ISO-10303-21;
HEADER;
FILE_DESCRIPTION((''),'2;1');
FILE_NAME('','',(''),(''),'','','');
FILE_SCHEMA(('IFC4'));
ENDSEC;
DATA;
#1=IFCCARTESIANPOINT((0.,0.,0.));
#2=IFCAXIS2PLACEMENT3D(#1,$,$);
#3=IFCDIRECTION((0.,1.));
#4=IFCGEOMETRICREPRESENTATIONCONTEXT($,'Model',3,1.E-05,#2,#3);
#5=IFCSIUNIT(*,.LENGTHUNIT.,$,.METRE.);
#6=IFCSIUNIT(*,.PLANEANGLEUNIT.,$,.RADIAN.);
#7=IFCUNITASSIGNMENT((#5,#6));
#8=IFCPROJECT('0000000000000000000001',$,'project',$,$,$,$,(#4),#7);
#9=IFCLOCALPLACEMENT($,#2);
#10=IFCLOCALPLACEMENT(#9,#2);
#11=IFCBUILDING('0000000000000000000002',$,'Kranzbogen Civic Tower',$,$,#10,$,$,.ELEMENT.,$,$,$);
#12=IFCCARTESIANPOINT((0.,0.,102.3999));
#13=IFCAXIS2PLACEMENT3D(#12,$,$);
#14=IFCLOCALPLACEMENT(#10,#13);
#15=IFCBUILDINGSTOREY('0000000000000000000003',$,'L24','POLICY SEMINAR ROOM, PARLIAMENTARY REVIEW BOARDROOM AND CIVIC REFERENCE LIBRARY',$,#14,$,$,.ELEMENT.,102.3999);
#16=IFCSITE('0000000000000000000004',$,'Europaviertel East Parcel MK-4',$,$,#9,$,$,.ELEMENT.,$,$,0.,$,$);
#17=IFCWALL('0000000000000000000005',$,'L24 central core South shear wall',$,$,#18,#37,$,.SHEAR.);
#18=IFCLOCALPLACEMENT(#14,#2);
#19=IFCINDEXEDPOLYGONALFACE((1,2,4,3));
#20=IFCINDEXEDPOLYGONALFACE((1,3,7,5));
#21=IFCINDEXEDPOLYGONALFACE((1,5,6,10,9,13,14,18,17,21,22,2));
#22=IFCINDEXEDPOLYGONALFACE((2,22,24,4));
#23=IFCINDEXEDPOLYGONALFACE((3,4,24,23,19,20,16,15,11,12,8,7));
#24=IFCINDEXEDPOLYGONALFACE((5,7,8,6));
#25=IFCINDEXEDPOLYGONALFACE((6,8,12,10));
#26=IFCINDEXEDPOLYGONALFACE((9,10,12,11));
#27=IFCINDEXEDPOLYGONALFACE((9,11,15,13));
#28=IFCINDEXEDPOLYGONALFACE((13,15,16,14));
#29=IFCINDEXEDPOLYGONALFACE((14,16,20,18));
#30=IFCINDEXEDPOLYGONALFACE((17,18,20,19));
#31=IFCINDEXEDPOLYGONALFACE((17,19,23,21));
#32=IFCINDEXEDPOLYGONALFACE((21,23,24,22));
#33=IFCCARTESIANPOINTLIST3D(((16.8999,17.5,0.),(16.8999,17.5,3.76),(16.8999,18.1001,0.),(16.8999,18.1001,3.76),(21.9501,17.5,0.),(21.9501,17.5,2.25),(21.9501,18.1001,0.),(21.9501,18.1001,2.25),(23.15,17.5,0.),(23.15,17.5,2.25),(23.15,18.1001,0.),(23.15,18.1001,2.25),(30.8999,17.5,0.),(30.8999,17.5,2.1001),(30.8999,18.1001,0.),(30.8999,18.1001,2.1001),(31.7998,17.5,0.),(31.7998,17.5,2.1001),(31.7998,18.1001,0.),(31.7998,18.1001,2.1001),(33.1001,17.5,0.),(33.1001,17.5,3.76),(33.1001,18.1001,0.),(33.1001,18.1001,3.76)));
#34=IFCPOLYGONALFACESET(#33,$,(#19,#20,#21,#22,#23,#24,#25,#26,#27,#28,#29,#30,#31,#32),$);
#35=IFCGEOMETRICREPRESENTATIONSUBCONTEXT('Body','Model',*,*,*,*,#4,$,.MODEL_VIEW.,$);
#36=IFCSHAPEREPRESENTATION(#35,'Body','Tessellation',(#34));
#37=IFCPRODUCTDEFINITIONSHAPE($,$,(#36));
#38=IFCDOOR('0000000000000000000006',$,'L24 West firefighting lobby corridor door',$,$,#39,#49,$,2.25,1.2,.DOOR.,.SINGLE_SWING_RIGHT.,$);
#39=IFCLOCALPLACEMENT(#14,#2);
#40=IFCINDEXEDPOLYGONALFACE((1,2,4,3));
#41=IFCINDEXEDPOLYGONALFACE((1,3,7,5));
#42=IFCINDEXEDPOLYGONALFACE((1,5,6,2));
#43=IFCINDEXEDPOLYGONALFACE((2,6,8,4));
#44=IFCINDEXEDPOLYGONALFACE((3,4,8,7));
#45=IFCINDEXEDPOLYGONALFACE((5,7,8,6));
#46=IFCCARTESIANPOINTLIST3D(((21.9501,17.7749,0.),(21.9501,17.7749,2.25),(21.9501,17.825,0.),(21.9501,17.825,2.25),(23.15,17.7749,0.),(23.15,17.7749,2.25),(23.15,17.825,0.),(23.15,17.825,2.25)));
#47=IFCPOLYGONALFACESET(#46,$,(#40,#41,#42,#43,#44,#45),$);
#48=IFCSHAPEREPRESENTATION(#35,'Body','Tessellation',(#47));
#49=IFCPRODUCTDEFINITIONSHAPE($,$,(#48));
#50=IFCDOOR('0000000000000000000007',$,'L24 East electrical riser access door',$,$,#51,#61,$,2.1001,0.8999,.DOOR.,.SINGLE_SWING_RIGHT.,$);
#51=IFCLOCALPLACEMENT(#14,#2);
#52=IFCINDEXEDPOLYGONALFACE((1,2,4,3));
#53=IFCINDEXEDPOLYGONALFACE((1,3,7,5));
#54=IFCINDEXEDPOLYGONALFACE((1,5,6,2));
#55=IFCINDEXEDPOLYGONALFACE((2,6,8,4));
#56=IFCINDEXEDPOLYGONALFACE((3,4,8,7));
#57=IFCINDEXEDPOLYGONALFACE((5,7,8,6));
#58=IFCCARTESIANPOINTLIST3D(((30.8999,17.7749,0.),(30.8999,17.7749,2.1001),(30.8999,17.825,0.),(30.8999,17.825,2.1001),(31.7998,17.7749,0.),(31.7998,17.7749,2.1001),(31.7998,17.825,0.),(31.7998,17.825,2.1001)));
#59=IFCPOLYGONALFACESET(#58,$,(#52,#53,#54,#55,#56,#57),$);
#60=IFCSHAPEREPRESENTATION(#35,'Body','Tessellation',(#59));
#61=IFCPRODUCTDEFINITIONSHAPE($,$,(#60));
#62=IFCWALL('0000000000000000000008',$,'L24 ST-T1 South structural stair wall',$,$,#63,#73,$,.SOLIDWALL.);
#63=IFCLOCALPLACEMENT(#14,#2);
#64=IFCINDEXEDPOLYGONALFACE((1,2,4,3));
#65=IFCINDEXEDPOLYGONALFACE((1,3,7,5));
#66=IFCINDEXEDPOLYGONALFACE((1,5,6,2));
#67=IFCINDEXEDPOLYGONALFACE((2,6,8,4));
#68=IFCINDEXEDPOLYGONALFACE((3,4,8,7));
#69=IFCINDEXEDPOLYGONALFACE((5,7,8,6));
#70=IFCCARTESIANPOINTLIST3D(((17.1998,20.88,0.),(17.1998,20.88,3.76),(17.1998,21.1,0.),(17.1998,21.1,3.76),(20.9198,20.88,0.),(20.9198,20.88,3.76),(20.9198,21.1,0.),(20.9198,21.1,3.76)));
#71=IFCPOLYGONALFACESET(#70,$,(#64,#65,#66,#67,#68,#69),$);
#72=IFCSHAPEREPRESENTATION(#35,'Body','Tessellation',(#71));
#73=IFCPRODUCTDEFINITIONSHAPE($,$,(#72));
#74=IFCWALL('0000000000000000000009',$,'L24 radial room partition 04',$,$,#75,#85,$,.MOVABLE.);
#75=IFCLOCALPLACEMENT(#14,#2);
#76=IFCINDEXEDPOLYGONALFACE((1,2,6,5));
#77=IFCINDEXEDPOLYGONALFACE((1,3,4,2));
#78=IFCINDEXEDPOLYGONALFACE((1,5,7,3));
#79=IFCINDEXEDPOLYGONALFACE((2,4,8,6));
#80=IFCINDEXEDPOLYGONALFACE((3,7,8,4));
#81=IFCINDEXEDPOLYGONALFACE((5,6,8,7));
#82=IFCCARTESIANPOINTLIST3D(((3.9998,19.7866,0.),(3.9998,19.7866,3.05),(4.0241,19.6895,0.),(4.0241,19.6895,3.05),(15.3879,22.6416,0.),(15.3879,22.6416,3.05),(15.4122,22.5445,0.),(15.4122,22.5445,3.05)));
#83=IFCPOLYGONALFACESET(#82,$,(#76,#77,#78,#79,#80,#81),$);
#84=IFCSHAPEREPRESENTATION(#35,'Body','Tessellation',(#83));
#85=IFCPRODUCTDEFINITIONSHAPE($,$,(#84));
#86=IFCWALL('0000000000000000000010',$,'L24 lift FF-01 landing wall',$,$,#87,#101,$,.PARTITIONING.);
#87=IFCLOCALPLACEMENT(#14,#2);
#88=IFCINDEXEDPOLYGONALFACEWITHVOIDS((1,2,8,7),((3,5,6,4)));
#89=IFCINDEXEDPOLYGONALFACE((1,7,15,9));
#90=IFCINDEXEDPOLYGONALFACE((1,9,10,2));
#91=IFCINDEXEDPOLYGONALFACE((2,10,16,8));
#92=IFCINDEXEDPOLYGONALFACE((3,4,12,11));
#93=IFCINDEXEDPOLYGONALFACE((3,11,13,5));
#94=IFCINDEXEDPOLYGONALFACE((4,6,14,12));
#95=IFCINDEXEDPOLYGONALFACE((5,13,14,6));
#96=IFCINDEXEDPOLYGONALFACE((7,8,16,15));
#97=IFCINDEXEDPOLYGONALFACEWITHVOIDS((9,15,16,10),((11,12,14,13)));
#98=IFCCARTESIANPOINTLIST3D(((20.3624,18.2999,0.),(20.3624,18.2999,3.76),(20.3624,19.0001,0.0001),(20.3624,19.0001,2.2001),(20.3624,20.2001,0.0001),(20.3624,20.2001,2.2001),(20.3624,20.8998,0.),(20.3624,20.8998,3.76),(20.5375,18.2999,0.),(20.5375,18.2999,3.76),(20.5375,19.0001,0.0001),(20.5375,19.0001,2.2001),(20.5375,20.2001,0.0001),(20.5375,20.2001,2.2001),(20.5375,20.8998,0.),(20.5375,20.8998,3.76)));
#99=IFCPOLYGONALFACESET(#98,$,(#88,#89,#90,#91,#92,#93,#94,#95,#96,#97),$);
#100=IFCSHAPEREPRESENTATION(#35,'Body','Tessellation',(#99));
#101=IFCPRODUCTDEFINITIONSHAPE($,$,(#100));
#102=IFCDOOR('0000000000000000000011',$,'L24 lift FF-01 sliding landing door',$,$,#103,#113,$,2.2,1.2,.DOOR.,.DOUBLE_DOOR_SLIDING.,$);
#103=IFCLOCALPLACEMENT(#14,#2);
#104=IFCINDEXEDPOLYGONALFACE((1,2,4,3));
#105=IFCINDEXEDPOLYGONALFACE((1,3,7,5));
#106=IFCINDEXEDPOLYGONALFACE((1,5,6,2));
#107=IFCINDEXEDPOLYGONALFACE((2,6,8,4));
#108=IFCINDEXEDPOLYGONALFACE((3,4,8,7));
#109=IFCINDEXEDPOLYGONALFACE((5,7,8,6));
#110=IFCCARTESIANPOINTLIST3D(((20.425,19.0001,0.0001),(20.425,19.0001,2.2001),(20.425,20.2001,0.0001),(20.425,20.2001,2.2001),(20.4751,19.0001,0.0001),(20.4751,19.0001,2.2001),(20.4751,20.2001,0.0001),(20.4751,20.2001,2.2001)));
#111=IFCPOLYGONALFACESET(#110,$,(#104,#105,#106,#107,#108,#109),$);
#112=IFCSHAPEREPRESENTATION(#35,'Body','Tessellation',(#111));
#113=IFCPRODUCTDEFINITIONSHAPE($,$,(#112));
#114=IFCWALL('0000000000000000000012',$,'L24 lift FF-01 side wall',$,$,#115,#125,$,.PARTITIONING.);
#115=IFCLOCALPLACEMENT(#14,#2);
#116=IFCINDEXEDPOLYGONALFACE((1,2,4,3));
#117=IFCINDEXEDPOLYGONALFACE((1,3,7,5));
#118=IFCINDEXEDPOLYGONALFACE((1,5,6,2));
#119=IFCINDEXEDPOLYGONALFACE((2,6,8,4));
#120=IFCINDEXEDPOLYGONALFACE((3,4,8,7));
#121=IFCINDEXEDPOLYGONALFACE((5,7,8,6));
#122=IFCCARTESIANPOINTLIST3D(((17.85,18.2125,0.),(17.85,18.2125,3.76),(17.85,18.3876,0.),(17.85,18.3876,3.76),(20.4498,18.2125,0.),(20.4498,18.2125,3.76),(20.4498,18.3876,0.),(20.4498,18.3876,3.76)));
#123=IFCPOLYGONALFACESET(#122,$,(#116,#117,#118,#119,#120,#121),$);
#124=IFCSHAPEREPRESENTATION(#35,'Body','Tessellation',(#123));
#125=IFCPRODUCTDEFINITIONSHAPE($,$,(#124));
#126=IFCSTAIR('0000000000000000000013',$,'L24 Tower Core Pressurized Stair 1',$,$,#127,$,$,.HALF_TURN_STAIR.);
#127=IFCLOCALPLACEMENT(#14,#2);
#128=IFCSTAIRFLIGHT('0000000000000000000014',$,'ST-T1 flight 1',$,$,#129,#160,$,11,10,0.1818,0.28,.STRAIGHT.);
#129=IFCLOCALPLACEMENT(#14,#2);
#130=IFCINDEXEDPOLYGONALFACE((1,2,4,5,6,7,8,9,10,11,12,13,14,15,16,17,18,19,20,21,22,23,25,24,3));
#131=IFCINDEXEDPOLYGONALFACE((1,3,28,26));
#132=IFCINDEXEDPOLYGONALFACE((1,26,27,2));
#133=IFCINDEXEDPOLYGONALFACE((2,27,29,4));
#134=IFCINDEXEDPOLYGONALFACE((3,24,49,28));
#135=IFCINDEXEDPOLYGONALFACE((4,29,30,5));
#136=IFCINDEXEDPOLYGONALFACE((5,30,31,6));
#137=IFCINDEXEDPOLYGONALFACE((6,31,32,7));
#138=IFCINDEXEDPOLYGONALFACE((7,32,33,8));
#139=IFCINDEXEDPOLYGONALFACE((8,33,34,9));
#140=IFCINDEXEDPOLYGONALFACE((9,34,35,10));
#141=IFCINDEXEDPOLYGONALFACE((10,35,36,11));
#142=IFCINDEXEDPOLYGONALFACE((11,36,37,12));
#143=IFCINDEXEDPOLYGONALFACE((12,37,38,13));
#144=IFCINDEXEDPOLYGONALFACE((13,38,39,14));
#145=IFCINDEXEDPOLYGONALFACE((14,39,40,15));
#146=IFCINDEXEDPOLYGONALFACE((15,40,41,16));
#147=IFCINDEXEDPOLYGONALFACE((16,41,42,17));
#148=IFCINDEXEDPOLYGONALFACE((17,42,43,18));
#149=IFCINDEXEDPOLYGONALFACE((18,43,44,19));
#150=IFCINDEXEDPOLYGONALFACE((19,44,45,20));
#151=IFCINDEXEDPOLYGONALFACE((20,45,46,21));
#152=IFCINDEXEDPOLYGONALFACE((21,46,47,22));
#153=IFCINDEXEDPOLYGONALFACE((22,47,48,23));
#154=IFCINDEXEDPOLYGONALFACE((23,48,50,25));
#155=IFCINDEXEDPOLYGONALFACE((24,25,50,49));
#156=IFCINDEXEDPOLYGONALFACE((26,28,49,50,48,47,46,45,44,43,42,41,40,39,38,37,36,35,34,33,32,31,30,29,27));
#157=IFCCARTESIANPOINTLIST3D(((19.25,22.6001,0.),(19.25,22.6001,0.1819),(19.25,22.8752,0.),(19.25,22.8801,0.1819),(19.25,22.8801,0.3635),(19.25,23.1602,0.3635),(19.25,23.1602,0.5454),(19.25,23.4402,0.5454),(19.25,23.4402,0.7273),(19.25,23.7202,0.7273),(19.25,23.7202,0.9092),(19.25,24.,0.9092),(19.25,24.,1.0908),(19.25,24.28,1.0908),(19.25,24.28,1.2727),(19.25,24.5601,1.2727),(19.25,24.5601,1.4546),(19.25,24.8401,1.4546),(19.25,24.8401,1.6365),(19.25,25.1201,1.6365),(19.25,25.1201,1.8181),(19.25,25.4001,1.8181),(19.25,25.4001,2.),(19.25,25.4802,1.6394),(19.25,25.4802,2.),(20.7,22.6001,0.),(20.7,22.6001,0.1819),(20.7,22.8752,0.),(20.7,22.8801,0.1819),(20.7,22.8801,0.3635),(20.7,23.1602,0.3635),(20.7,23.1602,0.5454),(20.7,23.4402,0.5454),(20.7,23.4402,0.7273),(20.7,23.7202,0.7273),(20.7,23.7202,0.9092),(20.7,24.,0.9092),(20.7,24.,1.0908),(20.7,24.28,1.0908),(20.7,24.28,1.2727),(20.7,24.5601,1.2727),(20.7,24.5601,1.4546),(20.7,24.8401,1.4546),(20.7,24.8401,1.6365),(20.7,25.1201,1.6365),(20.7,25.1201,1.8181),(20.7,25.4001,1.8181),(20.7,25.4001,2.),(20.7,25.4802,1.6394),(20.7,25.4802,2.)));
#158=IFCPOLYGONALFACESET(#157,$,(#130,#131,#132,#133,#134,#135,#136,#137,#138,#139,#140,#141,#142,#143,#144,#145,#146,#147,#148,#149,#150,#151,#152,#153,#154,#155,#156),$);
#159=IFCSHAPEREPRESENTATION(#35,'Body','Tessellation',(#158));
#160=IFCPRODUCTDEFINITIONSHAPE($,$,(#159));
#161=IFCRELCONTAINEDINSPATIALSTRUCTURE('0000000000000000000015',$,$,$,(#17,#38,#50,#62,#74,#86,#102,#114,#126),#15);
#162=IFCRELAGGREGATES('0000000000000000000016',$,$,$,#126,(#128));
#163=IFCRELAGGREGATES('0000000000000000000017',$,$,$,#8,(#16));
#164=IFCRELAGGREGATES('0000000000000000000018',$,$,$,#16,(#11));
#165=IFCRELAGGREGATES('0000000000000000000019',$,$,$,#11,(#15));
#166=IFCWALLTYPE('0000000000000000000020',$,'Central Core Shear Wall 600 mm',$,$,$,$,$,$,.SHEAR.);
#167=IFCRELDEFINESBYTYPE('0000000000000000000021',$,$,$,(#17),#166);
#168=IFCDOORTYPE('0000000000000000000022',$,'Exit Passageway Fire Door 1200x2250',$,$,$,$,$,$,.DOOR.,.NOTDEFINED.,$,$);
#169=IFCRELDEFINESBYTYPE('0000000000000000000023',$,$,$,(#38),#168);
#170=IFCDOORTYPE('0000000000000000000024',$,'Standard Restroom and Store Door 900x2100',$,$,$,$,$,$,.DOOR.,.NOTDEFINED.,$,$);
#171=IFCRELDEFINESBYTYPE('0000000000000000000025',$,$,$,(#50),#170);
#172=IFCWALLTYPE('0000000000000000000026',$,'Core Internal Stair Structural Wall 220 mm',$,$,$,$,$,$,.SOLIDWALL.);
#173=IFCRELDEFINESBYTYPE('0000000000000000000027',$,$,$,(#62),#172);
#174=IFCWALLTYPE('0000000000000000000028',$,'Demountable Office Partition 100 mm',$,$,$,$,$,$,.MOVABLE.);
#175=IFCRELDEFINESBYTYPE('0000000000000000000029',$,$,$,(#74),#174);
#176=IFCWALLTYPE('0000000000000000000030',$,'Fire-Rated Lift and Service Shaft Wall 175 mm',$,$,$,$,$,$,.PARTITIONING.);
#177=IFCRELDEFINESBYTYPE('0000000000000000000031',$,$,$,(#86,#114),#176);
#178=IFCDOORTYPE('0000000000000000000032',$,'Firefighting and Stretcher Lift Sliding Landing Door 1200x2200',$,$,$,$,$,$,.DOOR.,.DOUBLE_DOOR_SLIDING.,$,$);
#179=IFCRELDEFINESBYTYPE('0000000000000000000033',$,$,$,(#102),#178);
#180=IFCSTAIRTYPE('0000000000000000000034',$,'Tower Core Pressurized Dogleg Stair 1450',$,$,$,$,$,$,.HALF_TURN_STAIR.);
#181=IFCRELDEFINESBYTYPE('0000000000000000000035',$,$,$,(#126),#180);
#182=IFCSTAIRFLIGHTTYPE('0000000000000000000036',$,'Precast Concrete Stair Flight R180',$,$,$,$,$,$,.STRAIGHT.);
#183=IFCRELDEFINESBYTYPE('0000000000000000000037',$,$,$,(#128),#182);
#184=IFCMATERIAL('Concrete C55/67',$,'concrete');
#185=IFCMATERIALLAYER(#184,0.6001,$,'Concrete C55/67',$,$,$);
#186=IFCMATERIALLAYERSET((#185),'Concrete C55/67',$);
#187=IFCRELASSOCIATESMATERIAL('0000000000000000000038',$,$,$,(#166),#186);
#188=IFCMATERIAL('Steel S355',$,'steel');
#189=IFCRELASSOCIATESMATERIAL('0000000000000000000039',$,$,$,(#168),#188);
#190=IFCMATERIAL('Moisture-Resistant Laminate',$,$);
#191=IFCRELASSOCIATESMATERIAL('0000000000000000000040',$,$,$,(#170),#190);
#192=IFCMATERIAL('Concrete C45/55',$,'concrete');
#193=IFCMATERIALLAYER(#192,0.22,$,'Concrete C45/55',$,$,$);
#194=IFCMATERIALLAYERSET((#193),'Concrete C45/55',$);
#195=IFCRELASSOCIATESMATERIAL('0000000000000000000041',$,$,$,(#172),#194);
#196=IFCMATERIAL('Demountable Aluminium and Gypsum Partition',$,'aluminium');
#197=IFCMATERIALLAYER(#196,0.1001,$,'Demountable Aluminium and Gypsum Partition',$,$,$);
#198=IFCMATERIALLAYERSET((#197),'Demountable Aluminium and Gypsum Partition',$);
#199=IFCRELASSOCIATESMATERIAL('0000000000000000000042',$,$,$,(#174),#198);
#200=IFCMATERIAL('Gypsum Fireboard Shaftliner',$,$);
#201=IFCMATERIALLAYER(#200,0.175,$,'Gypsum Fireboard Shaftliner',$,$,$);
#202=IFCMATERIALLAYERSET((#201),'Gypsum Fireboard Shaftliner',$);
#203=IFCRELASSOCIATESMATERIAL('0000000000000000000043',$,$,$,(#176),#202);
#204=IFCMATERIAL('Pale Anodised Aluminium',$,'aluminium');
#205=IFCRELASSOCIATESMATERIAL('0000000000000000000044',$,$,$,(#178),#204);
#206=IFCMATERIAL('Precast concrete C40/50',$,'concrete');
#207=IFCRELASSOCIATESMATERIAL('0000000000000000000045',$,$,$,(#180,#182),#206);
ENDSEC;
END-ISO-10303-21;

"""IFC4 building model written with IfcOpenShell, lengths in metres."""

from ifc_helpers import new_model, si_unit, direction, frame, frame_2d, origin, place, context, subcontext, project, spatial, polyline, rectangle, outline, extrude, material, layer, layer_set, type_object, element, fill, aggregate, save


model = new_model("IFC4")

# Units and contexts
model_context = context("Model", 3, precision=1e-05, world=origin(), true_north=direction((0.0, 1.0)))
body_context = subcontext(model_context, "Body", "Model", "MODEL_VIEW")
ifc_project = project(units=[si_unit("LENGTHUNIT", "METRE"), si_unit("PLANEANGLEUNIT", "RADIAN")], contexts=[model_context])

# Site, building, storey
site_placement = place(None, origin())
site = spatial("IfcSite", under=ifc_project, at=site_placement, Name="Europaviertel East Parcel MK-4", CompositionType="ELEMENT", RefElevation=0.0)
building_placement = place(site_placement, origin())
building = spatial("IfcBuilding", under=site, at=building_placement, Name="Kranzbogen Civic Tower", CompositionType="ELEMENT")
storey_placement = place(building_placement, frame((0.0, 0.0, 102.3999)))
storey = spatial("IfcBuildingStorey", under=building, at=storey_placement, Name="L24", Description="POLICY SEMINAR ROOM, PARLIAMENTARY REVIEW BOARDROOM AND CIVIC REFERENCE LIBRARY", CompositionType="ELEMENT", Elevation=102.3999)

# Shared definitions
ifc_material_1 = material(Name="Steel S355", Category="steel")

# Wall, openings, doors
ifc_material_2 = material(Name="Concrete C55/67", Category="concrete")
ifc_layer_1 = layer(ifc_material_2, 0.6001, Name="Concrete C55/67")
ifc_layer_set_1 = layer_set([ifc_layer_1], Name="Concrete C55/67")
wall_type_1 = type_object("IfcWallType", Name="Central Core Shear Wall 600 mm", PredefinedType="SHEAR", material=ifc_layer_set_1)
wall_1_placement = place(storey_placement, frame((16.8999, 17.8, 0.0), z_axis=(0.0, 0.0, 1.0), x_axis=(1.0, 0.0, 0.0)))
wall_1 = element("IfcWall", 1, at=wall_1_placement, inside=storey, type_object=wall_type_1, Name="L24 central core South shear wall", PredefinedType="SHEAR", context=body_context, shape_type="SweptSolid", body=[
    extrude(rectangle(XDim=16.2002, YDim=0.6001, at=frame_2d((8.1001, 0.0))), origin(), (0.0, 0.0, 1.0), 3.76),
])
opening_1_placement = place(wall_1_placement, frame((5.05, 0.0, 0.0)))
opening_1 = element("IfcOpeningElement", 2, at=opening_1_placement, cuts=wall_1, PredefinedType="OPENING", context=body_context, shape_type="SweptSolid", body=[
    extrude(rectangle(XDim=1.2, YDim=2.25, at=frame_2d((0.6001, 1.125))), frame((0.0, 0.3101, 0.0), z_axis=(0.0, -1.0, 0.0), x_axis=(1.0, 0.0, 0.0)), (0.0, 0.0, 1.0), 0.6201),
])
opening_2_placement = place(wall_1_placement, frame((14.0, 0.0, 0.0)))
opening_2 = element("IfcOpeningElement", 3, at=opening_2_placement, cuts=wall_1, PredefinedType="OPENING", context=body_context, shape_type="SweptSolid", body=[
    extrude(rectangle(XDim=0.8999, YDim=2.1001, at=frame_2d((0.45, 1.05))), frame((0.0, 0.3101, 0.0), z_axis=(0.0, -1.0, 0.0), x_axis=(1.0, 0.0, 0.0)), (0.0, 0.0, 1.0), 0.6201),
])
door_type_1 = type_object("IfcDoorType", Name="Exit Passageway Fire Door 1200x2250", OperationType="NOTDEFINED", PredefinedType="DOOR", material=ifc_material_1)
door_1_placement = place(opening_1_placement, origin())
door_1 = element("IfcDoor", 4, at=door_1_placement, inside=storey, type_object=door_type_1, Name="L24 West firefighting lobby corridor door", OperationType="SINGLE_SWING_RIGHT", OverallHeight=2.25, OverallWidth=1.2, PredefinedType="DOOR", context=body_context, shape_type="SweptSolid", body=[
    extrude(rectangle(XDim=1.2, YDim=2.25, at=frame_2d((0.6001, 1.125))), frame((0.0, 0.0249, 0.0), z_axis=(0.0, -1.0, 0.0), x_axis=(1.0, 0.0, 0.0)), (0.0, 0.0, 1.0), 0.05),
])
fill(opening_1, door_1)
ifc_material_3 = material(Name="Moisture-Resistant Laminate")
door_type_2 = type_object("IfcDoorType", Name="Standard Restroom and Store Door 900x2100", OperationType="NOTDEFINED", PredefinedType="DOOR", material=ifc_material_3)
door_2_placement = place(opening_2_placement, origin())
door_2 = element("IfcDoor", 5, at=door_2_placement, inside=storey, type_object=door_type_2, Name="L24 East electrical riser access door", OperationType="SINGLE_SWING_RIGHT", OverallHeight=2.1001, OverallWidth=0.8999, PredefinedType="DOOR", context=body_context, shape_type="SweptSolid", body=[
    extrude(rectangle(XDim=0.8999, YDim=2.1001, at=frame_2d((0.45, 1.05))), frame((0.0, 0.0249, 0.0), z_axis=(0.0, -1.0, 0.0), x_axis=(1.0, 0.0, 0.0)), (0.0, 0.0, 1.0), 0.05),
])
fill(opening_2, door_2)

# Walls
ifc_material_4 = material(Name="Concrete C45/55", Category="concrete")
ifc_layer_2 = layer(ifc_material_4, 0.22, Name="Concrete C45/55")
ifc_layer_set_2 = layer_set([ifc_layer_2], Name="Concrete C45/55")
wall_type_2 = type_object("IfcWallType", Name="Core Internal Stair Structural Wall 220 mm", PredefinedType="SOLIDWALL", material=ifc_layer_set_2)
wall_2_placement = place(storey_placement, frame((17.2, 20.99, 0.0), z_axis=(0.0, 0.0, 1.0), x_axis=(1.0, 0.0, 0.0)))
element("IfcWall", 6, at=wall_2_placement, inside=storey, type_object=wall_type_2, Name="L24 ST-T1 South structural stair wall", PredefinedType="SOLIDWALL", context=body_context, shape_type="SweptSolid", body=[
    extrude(rectangle(XDim=3.72, YDim=0.22, at=frame_2d((1.8599, 0.0))), origin(), (0.0, 0.0, 1.0), 3.76),
])
ifc_material_5 = material(Name="Demountable Aluminium and Gypsum Partition", Category="aluminium")
ifc_layer_3 = layer(ifc_material_5, 0.1001, Name="Demountable Aluminium and Gypsum Partition")
ifc_layer_set_3 = layer_set([ifc_layer_3], Name="Demountable Aluminium and Gypsum Partition")
wall_type_3 = type_object("IfcWallType", Name="Demountable Office Partition 100 mm", PredefinedType="MOVABLE", material=ifc_layer_set_3)
wall_3_placement = place(storey_placement, frame((15.3999, 22.593, 0.0), z_axis=(0.0, 0.0, 1.0), x_axis=(-0.969982, -0.243177, 0.0)))
element("IfcWall", 7, at=wall_3_placement, inside=storey, type_object=wall_type_3, Name="L24 radial room partition 04", PredefinedType="MOVABLE", context=body_context, shape_type="SweptSolid", body=[
    extrude(rectangle(XDim=11.7405, YDim=0.1001, at=frame_2d((5.8701, 0.0))), origin(), (0.0, 0.0, 1.0), 3.05),
])

# Wall, opening, door
ifc_material_6 = material(Name="Gypsum Fireboard Shaftliner")
ifc_layer_4 = layer(ifc_material_6, 0.175, Name="Gypsum Fireboard Shaftliner")
ifc_layer_set_4 = layer_set([ifc_layer_4], Name="Gypsum Fireboard Shaftliner")
wall_type_4 = type_object("IfcWallType", Name="Fire-Rated Lift and Service Shaft Wall 175 mm", PredefinedType="PARTITIONING", material=ifc_layer_set_4)
wall_4_placement = place(storey_placement, frame((20.45, 18.3, 0.0), z_axis=(0.0, 0.0, 1.0), x_axis=(0.0, 1.0, 0.0)))
wall_4 = element("IfcWall", 8, at=wall_4_placement, inside=storey, type_object=wall_type_4, Name="L24 lift FF-01 landing wall", PredefinedType="PARTITIONING", context=body_context, shape_type="SweptSolid", body=[
    extrude(rectangle(XDim=2.5999, YDim=0.175, at=frame_2d((1.2998, 0.0))), origin(), (0.0, 0.0, 1.0), 3.76),
])
opening_3_placement = place(wall_4_placement, frame((0.7, 0.0, 0.0)))
opening_3 = element("IfcOpeningElement", 9, at=opening_3_placement, cuts=wall_4, PredefinedType="OPENING", context=body_context, shape_type="SweptSolid", body=[
    extrude(rectangle(XDim=1.2, YDim=2.2, at=frame_2d((0.6001, 1.1001))), frame((0.0, 0.0977, 0.0), z_axis=(0.0, -1.0, 0.0), x_axis=(1.0, 0.0, 0.0)), (0.0, 0.0, 1.0), 0.1951),
])
ifc_material_7 = material(Name="Pale Anodised Aluminium", Category="aluminium")
door_type_3 = type_object("IfcDoorType", Name="Firefighting and Stretcher Lift Sliding Landing Door 1200x2200", OperationType="DOUBLE_DOOR_SLIDING", PredefinedType="DOOR", material=ifc_material_7)
door_3_placement = place(opening_3_placement, origin())
door_3 = element("IfcDoor", 10, at=door_3_placement, inside=storey, type_object=door_type_3, Name="L24 lift FF-01 sliding landing door", OperationType="DOUBLE_DOOR_SLIDING", OverallHeight=2.2, OverallWidth=1.2, PredefinedType="DOOR", context=body_context, shape_type="SweptSolid", body=[
    extrude(rectangle(XDim=1.2, YDim=2.2, at=frame_2d((0.6001, 1.1001))), frame((0.0, 0.0249, 0.0), z_axis=(0.0, -1.0, 0.0), x_axis=(1.0, 0.0, 0.0)), (0.0, 0.0, 1.0), 0.05),
])
fill(opening_3, door_3)

# Wall
wall_5_placement = place(storey_placement, frame((17.8501, 18.3, 0.0), z_axis=(0.0, 0.0, 1.0), x_axis=(1.0, 0.0, 0.0)))
element("IfcWall", 11, at=wall_5_placement, inside=storey, type_object=wall_type_4, Name="L24 lift FF-01 side wall", PredefinedType="PARTITIONING", context=body_context, shape_type="SweptSolid", body=[
    extrude(rectangle(XDim=2.5999, YDim=0.175, at=frame_2d((1.2998, 0.0))), origin(), (0.0, 0.0, 1.0), 3.76),
])

# Stair, stair flight
ifc_material_8 = material(Name="Precast concrete C40/50", Category="concrete")
stair_type = type_object("IfcStairType", Name="Tower Core Pressurized Dogleg Stair 1450", PredefinedType="HALF_TURN_STAIR", material=ifc_material_8)
stair_placement = place(storey_placement, origin())
stair = element("IfcStair", 12, at=stair_placement, inside=storey, type_object=stair_type, Name="L24 Tower Core Pressurized Stair 1", PredefinedType="HALF_TURN_STAIR")
stair_flight_type = type_object("IfcStairFlightType", Name="Precast Concrete Stair Flight R180", PredefinedType="STRAIGHT", material=ifc_material_8)
stair_flight_placement = place(storey_placement, frame((19.9751, 22.6001, 0.0), z_axis=(0.0, 0.0, 1.0), x_axis=(0.0, 1.0, 0.0)))
stair_flight = element("IfcStairFlight", 13, at=stair_flight_placement, type_object=stair_flight_type, Name="ST-T1 flight 1", NumberOfRisers=11, NumberOfTreads=10, PredefinedType="STRAIGHT", RiserHeight=0.1818, TreadLength=0.28, context=body_context, shape_type="SweptSolid", body=[
    extrude(outline(polyline([(0.0, 0.0), (0.0, 0.1819), (0.28, 0.1819), (0.28, 0.3635), (0.5601, 0.3635), (0.5601, 0.5454), (0.8401, 0.5454), (0.8401, 0.7273), (1.1201, 0.7273), (1.1201, 0.9092), (1.3999, 0.9092), (1.3999, 1.0908), (1.6799, 1.0908), (1.6799, 1.2727), (1.96, 1.2727), (1.96, 1.4546), (2.24, 1.4546), (2.24, 1.6365), (2.52, 1.6365), (2.52, 1.8181), (2.8, 1.8181), (2.8, 2.0), (2.8801, 2.0), (2.8801, 1.6394), (0.2751, 0.0), (0.0, 0.0)])), frame((0.0, 0.7251, 0.0), z_axis=(0.0, -1.0, 0.0), x_axis=(1.0, 0.0, 0.0)), (0.0, 0.0, 1.0), 1.45),
])
aggregate(stair, [stair_flight])

save(model, "model.ifc")
